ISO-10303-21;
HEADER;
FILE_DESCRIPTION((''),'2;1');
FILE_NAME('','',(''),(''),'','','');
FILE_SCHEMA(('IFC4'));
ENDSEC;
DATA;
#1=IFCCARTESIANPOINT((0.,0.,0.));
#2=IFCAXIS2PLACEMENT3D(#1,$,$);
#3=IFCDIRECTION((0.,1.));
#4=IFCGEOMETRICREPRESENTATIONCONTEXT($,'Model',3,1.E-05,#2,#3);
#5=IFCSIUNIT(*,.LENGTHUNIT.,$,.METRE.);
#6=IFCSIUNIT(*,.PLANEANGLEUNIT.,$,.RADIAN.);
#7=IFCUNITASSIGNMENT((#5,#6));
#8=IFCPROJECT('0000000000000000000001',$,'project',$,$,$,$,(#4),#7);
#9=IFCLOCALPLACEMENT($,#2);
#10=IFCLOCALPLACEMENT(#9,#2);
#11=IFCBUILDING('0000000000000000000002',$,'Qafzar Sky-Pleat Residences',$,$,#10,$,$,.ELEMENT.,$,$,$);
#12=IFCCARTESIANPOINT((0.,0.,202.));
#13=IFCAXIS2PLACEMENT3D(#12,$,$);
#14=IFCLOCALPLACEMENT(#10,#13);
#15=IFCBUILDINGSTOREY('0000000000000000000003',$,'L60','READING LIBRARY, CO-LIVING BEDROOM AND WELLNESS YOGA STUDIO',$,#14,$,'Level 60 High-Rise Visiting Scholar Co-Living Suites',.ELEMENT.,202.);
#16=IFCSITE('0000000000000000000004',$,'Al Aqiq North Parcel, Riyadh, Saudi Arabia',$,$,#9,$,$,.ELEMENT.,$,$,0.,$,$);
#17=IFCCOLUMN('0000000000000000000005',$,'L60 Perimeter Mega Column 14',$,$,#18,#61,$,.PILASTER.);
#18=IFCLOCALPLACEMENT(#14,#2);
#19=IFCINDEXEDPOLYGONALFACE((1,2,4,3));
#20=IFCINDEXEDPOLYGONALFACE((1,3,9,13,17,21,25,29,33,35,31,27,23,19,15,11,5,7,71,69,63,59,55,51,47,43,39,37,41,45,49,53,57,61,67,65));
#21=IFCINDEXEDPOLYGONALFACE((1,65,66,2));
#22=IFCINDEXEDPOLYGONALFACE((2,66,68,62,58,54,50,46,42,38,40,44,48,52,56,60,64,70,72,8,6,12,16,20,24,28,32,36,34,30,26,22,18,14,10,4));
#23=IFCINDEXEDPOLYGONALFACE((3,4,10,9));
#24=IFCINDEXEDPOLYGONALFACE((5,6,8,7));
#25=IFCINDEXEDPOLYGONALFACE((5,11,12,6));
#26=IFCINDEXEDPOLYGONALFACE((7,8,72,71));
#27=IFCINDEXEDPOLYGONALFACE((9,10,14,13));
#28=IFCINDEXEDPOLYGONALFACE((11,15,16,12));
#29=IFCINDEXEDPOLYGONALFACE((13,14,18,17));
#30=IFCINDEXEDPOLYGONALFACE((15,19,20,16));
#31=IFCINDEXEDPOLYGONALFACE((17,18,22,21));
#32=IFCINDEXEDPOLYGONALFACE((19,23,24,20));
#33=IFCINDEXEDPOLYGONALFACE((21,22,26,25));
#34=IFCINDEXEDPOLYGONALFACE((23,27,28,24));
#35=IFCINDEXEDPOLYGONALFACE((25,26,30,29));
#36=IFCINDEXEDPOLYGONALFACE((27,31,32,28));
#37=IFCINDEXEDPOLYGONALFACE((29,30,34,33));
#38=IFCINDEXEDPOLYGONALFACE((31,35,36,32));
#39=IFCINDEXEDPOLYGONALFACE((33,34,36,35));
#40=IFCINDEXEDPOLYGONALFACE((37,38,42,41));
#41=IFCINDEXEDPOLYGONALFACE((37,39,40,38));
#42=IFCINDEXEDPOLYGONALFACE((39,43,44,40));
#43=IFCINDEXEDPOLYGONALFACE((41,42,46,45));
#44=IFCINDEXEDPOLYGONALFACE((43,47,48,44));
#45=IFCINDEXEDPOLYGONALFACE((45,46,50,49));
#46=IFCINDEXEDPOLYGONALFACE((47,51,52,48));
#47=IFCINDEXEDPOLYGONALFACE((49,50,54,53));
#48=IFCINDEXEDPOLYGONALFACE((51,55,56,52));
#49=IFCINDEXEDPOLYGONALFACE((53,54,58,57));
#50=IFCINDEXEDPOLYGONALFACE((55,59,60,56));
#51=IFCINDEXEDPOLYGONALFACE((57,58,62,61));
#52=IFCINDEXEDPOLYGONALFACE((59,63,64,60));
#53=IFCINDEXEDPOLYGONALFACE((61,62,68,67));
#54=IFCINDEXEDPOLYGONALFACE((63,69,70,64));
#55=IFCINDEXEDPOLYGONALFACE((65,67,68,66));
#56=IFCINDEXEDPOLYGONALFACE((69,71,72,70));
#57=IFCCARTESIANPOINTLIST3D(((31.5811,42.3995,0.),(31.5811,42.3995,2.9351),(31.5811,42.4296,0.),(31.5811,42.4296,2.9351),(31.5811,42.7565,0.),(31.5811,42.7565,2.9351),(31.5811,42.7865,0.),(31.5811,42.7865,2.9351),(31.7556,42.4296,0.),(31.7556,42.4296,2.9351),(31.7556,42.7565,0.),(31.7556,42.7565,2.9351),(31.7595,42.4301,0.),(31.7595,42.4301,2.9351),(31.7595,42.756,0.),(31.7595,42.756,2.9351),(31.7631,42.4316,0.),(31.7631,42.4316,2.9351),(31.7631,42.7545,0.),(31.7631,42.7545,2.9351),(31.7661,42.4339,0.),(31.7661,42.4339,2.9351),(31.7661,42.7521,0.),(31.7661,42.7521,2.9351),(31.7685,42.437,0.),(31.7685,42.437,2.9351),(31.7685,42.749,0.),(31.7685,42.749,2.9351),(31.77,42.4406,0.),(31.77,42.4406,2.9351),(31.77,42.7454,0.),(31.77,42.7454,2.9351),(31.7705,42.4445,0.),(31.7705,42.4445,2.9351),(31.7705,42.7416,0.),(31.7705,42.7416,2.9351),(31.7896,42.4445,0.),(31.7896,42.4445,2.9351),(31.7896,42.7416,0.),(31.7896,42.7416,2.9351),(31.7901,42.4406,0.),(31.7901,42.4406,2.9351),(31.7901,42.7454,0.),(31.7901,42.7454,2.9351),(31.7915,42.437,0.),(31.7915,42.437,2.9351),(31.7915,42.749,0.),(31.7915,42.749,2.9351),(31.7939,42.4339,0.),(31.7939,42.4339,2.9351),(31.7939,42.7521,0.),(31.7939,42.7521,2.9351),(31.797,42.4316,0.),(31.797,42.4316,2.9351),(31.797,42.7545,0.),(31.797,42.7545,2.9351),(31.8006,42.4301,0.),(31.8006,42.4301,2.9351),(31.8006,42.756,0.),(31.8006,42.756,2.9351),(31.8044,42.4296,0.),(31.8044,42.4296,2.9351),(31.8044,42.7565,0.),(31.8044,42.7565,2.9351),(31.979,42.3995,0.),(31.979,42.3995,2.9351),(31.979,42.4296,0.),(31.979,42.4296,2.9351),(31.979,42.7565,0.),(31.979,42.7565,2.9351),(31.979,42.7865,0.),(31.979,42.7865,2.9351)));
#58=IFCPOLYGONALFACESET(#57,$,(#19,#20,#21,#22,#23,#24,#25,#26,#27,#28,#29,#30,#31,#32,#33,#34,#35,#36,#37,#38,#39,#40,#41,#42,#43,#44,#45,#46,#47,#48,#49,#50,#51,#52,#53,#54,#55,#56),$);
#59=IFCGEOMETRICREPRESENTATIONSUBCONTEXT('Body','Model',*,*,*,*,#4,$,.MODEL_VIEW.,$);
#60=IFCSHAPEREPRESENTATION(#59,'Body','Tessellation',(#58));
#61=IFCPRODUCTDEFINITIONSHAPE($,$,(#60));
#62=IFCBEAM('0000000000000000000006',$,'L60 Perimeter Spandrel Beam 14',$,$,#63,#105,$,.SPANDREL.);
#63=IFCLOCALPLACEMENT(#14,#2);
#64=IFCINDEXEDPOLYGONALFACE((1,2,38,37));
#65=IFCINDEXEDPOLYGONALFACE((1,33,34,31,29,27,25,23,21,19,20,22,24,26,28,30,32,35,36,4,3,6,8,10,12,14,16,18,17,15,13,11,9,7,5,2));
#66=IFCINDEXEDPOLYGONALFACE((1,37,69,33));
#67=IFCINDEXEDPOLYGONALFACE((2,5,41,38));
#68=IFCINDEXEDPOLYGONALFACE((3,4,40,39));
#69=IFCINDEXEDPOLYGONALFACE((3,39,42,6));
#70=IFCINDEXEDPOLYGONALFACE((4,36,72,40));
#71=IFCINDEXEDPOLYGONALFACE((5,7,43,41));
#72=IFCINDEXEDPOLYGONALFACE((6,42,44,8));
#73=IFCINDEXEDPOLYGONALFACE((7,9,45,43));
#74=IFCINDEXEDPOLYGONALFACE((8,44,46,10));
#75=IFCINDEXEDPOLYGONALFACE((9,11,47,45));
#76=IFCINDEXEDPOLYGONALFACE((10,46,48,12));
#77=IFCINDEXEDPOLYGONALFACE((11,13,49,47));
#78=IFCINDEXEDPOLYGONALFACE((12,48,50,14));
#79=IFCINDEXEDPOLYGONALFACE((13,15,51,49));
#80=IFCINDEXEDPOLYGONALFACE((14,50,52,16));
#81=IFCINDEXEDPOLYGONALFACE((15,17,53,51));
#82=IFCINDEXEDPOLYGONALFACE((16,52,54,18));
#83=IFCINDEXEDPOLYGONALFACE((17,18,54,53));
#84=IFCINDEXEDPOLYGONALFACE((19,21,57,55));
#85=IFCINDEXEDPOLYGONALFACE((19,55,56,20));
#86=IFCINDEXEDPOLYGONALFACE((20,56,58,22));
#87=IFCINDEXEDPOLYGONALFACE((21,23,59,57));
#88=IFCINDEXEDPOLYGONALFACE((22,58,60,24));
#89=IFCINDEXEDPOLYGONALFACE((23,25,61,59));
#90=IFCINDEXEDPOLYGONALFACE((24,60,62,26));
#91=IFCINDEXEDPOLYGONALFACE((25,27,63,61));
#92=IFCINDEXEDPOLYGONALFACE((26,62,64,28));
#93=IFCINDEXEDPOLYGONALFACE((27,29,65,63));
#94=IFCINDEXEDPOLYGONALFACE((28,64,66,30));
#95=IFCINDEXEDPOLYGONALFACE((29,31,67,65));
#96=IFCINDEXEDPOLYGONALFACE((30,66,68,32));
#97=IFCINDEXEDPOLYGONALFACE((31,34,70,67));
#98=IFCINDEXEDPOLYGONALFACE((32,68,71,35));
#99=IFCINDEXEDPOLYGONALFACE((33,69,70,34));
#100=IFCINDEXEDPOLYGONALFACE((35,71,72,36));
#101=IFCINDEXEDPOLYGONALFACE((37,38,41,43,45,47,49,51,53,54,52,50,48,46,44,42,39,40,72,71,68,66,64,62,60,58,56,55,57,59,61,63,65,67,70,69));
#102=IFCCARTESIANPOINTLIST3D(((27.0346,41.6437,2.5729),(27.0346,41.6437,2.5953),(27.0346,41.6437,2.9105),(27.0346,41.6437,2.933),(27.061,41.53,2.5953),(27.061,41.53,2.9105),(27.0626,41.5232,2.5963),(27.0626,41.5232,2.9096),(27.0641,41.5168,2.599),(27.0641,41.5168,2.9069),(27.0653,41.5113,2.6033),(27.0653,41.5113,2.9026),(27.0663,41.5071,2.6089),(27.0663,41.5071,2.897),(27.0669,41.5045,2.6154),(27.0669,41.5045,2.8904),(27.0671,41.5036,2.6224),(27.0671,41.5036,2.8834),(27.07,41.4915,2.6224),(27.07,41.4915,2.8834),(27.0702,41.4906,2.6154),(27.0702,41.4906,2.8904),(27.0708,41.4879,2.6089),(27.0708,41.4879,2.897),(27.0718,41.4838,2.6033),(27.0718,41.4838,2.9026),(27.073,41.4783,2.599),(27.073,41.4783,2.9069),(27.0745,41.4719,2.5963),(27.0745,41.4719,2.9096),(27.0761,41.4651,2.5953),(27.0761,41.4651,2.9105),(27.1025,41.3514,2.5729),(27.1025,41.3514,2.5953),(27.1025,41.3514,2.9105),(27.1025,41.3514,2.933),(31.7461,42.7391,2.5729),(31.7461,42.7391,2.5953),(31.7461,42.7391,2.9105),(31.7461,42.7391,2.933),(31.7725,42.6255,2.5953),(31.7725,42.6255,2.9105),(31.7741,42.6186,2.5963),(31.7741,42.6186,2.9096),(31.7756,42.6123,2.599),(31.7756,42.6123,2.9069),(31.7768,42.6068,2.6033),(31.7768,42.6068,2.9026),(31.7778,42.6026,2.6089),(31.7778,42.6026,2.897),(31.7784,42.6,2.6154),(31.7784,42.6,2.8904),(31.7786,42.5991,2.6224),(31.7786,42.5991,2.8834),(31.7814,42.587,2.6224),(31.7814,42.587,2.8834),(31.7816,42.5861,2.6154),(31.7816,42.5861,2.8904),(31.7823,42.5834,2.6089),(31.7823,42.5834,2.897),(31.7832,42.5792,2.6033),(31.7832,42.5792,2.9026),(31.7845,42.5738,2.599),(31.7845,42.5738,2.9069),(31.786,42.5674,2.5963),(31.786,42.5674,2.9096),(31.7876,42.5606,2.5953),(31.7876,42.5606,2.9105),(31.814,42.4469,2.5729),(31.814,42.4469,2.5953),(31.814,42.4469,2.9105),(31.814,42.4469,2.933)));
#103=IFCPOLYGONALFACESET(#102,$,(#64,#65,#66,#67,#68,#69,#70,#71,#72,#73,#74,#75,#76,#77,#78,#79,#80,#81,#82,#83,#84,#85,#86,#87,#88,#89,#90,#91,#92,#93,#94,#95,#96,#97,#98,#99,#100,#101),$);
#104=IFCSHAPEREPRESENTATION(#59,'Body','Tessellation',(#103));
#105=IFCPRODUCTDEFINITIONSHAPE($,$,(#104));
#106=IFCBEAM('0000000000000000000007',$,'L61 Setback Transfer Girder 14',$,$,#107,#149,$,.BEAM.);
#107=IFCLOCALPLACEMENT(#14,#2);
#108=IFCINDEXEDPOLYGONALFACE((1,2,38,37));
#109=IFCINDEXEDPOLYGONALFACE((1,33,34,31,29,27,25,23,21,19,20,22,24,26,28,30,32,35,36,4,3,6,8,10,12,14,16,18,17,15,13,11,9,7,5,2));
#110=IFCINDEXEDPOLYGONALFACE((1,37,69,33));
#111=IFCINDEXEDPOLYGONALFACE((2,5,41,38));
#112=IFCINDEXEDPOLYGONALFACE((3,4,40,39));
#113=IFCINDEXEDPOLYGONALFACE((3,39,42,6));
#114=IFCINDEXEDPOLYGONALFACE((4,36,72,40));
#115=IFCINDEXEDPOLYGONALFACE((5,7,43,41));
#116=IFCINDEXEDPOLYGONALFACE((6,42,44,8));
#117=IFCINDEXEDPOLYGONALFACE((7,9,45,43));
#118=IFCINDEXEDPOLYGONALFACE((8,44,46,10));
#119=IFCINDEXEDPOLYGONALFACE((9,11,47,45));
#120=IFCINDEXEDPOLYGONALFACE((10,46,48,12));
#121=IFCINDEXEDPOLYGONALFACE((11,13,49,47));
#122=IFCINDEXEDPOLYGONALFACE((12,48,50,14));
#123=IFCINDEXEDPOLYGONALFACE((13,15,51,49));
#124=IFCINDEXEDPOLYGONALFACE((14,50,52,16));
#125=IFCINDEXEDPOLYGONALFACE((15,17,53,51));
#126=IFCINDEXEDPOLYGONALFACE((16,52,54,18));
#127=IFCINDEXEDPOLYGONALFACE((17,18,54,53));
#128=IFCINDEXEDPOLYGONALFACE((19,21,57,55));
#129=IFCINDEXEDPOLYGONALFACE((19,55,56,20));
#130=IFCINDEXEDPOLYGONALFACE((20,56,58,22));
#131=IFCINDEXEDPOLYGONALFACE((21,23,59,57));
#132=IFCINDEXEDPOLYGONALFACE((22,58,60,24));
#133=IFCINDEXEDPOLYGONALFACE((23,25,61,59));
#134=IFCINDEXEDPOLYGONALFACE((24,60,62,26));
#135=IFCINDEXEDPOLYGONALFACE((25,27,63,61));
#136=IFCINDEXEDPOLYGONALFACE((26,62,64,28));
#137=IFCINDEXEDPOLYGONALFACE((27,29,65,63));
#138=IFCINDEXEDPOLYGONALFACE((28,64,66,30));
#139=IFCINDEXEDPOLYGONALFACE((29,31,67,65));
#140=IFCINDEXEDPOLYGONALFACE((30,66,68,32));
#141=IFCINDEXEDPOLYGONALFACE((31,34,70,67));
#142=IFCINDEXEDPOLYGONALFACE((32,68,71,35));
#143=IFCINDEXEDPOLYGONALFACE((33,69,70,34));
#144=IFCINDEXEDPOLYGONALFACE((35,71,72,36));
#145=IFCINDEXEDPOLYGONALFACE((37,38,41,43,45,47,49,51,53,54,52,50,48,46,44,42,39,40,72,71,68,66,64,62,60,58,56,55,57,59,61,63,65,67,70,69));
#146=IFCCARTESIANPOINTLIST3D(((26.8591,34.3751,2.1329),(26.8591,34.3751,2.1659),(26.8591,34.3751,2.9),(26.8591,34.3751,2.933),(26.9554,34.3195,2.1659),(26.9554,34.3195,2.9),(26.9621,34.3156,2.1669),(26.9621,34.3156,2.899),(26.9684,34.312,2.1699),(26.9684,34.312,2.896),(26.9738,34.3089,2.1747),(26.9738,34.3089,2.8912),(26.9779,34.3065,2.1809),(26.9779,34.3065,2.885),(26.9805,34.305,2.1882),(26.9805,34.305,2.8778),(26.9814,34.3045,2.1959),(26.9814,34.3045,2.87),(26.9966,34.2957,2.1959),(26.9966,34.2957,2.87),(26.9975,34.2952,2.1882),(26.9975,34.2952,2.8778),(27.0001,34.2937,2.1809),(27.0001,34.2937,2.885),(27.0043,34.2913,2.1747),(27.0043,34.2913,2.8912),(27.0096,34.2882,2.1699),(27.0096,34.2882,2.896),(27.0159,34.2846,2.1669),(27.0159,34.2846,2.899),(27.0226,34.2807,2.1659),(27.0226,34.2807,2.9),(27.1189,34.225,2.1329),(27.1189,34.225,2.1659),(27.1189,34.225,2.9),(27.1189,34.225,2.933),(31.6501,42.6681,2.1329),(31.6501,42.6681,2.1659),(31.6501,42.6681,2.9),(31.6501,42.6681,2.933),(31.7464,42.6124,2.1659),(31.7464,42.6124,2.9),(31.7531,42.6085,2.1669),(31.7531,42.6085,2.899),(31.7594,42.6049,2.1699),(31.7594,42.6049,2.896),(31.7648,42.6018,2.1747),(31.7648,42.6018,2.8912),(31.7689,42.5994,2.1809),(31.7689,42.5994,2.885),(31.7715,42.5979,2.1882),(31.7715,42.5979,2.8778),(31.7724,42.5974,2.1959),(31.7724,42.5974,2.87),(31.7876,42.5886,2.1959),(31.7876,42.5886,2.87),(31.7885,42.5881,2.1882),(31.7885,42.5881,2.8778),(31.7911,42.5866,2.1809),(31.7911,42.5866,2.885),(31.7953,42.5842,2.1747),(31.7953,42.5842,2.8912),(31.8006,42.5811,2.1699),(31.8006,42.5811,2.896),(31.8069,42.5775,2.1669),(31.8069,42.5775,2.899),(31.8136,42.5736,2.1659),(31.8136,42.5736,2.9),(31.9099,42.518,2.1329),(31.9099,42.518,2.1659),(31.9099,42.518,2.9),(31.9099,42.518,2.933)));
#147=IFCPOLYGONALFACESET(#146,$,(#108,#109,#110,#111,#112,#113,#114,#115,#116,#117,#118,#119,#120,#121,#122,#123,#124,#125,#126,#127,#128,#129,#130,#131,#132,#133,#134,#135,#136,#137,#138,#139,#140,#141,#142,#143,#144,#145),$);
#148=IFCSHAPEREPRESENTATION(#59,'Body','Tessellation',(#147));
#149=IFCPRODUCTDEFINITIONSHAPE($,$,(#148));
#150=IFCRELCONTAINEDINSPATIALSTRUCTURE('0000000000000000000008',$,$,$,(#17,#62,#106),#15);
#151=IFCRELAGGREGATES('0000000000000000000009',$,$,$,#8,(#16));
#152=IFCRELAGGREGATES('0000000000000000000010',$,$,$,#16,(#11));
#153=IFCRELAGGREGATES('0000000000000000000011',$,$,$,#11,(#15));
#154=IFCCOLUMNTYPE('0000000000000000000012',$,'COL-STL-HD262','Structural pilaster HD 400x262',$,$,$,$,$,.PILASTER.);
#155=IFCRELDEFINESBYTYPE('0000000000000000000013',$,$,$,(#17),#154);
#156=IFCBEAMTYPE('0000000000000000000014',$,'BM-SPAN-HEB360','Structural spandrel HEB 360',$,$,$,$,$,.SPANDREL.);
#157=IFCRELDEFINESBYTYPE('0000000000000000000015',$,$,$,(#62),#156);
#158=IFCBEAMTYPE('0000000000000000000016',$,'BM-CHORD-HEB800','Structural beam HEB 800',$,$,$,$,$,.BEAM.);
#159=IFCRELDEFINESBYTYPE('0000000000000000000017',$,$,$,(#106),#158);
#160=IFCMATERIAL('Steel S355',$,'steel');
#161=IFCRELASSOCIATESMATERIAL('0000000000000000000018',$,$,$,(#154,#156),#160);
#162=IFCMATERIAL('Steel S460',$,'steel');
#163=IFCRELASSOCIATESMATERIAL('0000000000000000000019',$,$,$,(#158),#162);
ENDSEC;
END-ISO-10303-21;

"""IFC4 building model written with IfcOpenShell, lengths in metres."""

from ifc_helpers import new_model, si_unit, direction, frame, origin, origin_2d, place, context, subcontext, project, spatial, i_section, extrude, source, transform, mapped, material, material_profile, profile_set, type_object, element, save


model = new_model("IFC4")

# Units and contexts
model_context = context("Model", 3, precision=1e-05, world=origin(), true_north=direction((0.0, 1.0)))
body_context = subcontext(model_context, "Body", "Model", "MODEL_VIEW")
ifc_project = project(units=[si_unit("LENGTHUNIT", "METRE"), si_unit("PLANEANGLEUNIT", "RADIAN")], contexts=[model_context])

# Site, building, storey
site_placement = place(None, origin())
site = spatial("IfcSite", under=ifc_project, at=site_placement, Name="Al Aqiq North Parcel, Riyadh, Saudi Arabia", CompositionType="ELEMENT", RefElevation=0.0)
building_placement = place(site_placement, origin())
building = spatial("IfcBuilding", under=site, at=building_placement, Name="Qafzar Sky-Pleat Residences", CompositionType="ELEMENT")
storey_placement = place(building_placement, frame((0.0, 0.0, 202.0)))
storey = spatial("IfcBuildingStorey", under=building, at=storey_placement, Name="L60", Description="READING LIBRARY, CO-LIVING BEDROOM AND WELLNESS YOGA STUDIO", LongName="Level 60 High-Rise Visiting Scholar Co-Living Suites", CompositionType="ELEMENT", Elevation=202.0)

# Column
ifc_material_1 = material(Name="Steel S355", Category="steel")
ifc_material_profile_1 = material_profile(ifc_material_1, i_section(OverallWidth=0.3979, OverallDepth=0.387, WebThickness=0.019, FlangeThickness=0.03, FilletRadius=0.0149, at=origin_2d()), Name="HD 400x262")
ifc_profile_set_1 = profile_set([ifc_material_profile_1], Name="Steel S355")
column_type = type_object("IfcColumnType", Name="COL-STL-HD262", Description="Structural pilaster HD 400x262", PredefinedType="PILASTER", material=ifc_profile_set_1)
shared_shape_1 = source(origin(), body_context, "Body", "SweptSolid", [
    extrude(i_section(OverallWidth=0.3979, OverallDepth=0.387, WebThickness=0.019, FlangeThickness=0.03, FilletRadius=0.0149, at=origin_2d()), origin(), (0.0, 0.0, 1.0), 2.9351),
])
column_placement = place(storey_placement, frame((31.78, 42.593, 0.0), z_axis=(0.0, 0.0, 1.0), x_axis=(1.0, 0.0, 0.0)))
element("IfcColumn", 1, at=column_placement, inside=storey, type_object=column_type, Name="L60 Perimeter Mega Column 14", PredefinedType="PILASTER", context=body_context, shape_type="MappedRepresentation", body=[
    mapped(shared_shape_1, transform((0.0, 0.0, 0.0), x_axis=(1.0, 0.0, 0.0), y_axis=(0.0, 1.0, 0.0), z_axis=(0.0, 0.0, 1.0), scale=1.0)),
])

# Beams
ifc_material_profile_2 = material_profile(ifc_material_1, i_section(OverallWidth=0.3, OverallDepth=0.3601, WebThickness=0.0125, FlangeThickness=0.0225, FilletRadius=0.0271, at=origin_2d()), Name="HEB 360")
ifc_profile_set_2 = profile_set([ifc_material_profile_2], Name="Steel S355")
beam_type_1 = type_object("IfcBeamType", Name="BM-SPAN-HEB360", Description="Structural spandrel HEB 360", PredefinedType="SPANDREL", material=ifc_profile_set_2)
shared_shape_2 = source(origin(), body_context, "Body", "SweptSolid", [
    extrude(i_section(OverallWidth=0.3, OverallDepth=0.3601, WebThickness=0.0125, FlangeThickness=0.0225, FilletRadius=0.0271, at=origin_2d()), origin(), (0.0, 0.0, 1.0), 4.8372),
])
beam_1_placement = place(storey_placement, frame((31.78, 42.593, 2.7529), z_axis=(-0.974018, -0.22647, 0.0), x_axis=(0.22647, -0.974018, 0.0)))
element("IfcBeam", 2, at=beam_1_placement, inside=storey, type_object=beam_type_1, Name="L60 Perimeter Spandrel Beam 14", PredefinedType="SPANDREL", context=body_context, shape_type="MappedRepresentation", body=[
    mapped(shared_shape_2, transform((0.0, 0.0, 0.0), x_axis=(1.0, 0.0, 0.0), y_axis=(0.0, 1.0, 0.0), z_axis=(0.0, 0.0, 1.0), scale=1.0)),
])
ifc_material_2 = material(Name="Steel S460", Category="steel")
ifc_material_profile_3 = material_profile(ifc_material_2, i_section(OverallWidth=0.3, OverallDepth=0.8, WebThickness=0.0176, FlangeThickness=0.033, FilletRadius=0.03, at=origin_2d()), Name="HEB 800")
ifc_profile_set_3 = profile_set([ifc_material_profile_3], Name="Steel S460")
beam_type_2 = type_object("IfcBeamType", Name="BM-CHORD-HEB800", Description="Structural beam HEB 800", PredefinedType="BEAM", material=ifc_profile_set_3)
shared_shape_3 = source(origin(), body_context, "Body", "SweptSolid", [
    extrude(i_section(OverallWidth=0.3, OverallDepth=0.8, WebThickness=0.0176, FlangeThickness=0.033, FilletRadius=0.03, at=origin_2d()), origin(), (0.0, 0.0, 1.0), 9.5774),
])
beam_2_placement = place(storey_placement, frame((31.78, 42.593, 2.533), z_axis=(-0.50024, -0.865887, 0.0), x_axis=(0.865887, -0.50024, 0.0)))
element("IfcBeam", 3, at=beam_2_placement, inside=storey, type_object=beam_type_2, Name="L61 Setback Transfer Girder 14", PredefinedType="BEAM", context=body_context, shape_type="MappedRepresentation", body=[
    mapped(shared_shape_3, transform((0.0, 0.0, 0.0), x_axis=(1.0, 0.0, 0.0), y_axis=(0.0, 1.0, 0.0), z_axis=(0.0, 0.0, 1.0), scale=1.0)),
])

save(model, "model.ifc")
